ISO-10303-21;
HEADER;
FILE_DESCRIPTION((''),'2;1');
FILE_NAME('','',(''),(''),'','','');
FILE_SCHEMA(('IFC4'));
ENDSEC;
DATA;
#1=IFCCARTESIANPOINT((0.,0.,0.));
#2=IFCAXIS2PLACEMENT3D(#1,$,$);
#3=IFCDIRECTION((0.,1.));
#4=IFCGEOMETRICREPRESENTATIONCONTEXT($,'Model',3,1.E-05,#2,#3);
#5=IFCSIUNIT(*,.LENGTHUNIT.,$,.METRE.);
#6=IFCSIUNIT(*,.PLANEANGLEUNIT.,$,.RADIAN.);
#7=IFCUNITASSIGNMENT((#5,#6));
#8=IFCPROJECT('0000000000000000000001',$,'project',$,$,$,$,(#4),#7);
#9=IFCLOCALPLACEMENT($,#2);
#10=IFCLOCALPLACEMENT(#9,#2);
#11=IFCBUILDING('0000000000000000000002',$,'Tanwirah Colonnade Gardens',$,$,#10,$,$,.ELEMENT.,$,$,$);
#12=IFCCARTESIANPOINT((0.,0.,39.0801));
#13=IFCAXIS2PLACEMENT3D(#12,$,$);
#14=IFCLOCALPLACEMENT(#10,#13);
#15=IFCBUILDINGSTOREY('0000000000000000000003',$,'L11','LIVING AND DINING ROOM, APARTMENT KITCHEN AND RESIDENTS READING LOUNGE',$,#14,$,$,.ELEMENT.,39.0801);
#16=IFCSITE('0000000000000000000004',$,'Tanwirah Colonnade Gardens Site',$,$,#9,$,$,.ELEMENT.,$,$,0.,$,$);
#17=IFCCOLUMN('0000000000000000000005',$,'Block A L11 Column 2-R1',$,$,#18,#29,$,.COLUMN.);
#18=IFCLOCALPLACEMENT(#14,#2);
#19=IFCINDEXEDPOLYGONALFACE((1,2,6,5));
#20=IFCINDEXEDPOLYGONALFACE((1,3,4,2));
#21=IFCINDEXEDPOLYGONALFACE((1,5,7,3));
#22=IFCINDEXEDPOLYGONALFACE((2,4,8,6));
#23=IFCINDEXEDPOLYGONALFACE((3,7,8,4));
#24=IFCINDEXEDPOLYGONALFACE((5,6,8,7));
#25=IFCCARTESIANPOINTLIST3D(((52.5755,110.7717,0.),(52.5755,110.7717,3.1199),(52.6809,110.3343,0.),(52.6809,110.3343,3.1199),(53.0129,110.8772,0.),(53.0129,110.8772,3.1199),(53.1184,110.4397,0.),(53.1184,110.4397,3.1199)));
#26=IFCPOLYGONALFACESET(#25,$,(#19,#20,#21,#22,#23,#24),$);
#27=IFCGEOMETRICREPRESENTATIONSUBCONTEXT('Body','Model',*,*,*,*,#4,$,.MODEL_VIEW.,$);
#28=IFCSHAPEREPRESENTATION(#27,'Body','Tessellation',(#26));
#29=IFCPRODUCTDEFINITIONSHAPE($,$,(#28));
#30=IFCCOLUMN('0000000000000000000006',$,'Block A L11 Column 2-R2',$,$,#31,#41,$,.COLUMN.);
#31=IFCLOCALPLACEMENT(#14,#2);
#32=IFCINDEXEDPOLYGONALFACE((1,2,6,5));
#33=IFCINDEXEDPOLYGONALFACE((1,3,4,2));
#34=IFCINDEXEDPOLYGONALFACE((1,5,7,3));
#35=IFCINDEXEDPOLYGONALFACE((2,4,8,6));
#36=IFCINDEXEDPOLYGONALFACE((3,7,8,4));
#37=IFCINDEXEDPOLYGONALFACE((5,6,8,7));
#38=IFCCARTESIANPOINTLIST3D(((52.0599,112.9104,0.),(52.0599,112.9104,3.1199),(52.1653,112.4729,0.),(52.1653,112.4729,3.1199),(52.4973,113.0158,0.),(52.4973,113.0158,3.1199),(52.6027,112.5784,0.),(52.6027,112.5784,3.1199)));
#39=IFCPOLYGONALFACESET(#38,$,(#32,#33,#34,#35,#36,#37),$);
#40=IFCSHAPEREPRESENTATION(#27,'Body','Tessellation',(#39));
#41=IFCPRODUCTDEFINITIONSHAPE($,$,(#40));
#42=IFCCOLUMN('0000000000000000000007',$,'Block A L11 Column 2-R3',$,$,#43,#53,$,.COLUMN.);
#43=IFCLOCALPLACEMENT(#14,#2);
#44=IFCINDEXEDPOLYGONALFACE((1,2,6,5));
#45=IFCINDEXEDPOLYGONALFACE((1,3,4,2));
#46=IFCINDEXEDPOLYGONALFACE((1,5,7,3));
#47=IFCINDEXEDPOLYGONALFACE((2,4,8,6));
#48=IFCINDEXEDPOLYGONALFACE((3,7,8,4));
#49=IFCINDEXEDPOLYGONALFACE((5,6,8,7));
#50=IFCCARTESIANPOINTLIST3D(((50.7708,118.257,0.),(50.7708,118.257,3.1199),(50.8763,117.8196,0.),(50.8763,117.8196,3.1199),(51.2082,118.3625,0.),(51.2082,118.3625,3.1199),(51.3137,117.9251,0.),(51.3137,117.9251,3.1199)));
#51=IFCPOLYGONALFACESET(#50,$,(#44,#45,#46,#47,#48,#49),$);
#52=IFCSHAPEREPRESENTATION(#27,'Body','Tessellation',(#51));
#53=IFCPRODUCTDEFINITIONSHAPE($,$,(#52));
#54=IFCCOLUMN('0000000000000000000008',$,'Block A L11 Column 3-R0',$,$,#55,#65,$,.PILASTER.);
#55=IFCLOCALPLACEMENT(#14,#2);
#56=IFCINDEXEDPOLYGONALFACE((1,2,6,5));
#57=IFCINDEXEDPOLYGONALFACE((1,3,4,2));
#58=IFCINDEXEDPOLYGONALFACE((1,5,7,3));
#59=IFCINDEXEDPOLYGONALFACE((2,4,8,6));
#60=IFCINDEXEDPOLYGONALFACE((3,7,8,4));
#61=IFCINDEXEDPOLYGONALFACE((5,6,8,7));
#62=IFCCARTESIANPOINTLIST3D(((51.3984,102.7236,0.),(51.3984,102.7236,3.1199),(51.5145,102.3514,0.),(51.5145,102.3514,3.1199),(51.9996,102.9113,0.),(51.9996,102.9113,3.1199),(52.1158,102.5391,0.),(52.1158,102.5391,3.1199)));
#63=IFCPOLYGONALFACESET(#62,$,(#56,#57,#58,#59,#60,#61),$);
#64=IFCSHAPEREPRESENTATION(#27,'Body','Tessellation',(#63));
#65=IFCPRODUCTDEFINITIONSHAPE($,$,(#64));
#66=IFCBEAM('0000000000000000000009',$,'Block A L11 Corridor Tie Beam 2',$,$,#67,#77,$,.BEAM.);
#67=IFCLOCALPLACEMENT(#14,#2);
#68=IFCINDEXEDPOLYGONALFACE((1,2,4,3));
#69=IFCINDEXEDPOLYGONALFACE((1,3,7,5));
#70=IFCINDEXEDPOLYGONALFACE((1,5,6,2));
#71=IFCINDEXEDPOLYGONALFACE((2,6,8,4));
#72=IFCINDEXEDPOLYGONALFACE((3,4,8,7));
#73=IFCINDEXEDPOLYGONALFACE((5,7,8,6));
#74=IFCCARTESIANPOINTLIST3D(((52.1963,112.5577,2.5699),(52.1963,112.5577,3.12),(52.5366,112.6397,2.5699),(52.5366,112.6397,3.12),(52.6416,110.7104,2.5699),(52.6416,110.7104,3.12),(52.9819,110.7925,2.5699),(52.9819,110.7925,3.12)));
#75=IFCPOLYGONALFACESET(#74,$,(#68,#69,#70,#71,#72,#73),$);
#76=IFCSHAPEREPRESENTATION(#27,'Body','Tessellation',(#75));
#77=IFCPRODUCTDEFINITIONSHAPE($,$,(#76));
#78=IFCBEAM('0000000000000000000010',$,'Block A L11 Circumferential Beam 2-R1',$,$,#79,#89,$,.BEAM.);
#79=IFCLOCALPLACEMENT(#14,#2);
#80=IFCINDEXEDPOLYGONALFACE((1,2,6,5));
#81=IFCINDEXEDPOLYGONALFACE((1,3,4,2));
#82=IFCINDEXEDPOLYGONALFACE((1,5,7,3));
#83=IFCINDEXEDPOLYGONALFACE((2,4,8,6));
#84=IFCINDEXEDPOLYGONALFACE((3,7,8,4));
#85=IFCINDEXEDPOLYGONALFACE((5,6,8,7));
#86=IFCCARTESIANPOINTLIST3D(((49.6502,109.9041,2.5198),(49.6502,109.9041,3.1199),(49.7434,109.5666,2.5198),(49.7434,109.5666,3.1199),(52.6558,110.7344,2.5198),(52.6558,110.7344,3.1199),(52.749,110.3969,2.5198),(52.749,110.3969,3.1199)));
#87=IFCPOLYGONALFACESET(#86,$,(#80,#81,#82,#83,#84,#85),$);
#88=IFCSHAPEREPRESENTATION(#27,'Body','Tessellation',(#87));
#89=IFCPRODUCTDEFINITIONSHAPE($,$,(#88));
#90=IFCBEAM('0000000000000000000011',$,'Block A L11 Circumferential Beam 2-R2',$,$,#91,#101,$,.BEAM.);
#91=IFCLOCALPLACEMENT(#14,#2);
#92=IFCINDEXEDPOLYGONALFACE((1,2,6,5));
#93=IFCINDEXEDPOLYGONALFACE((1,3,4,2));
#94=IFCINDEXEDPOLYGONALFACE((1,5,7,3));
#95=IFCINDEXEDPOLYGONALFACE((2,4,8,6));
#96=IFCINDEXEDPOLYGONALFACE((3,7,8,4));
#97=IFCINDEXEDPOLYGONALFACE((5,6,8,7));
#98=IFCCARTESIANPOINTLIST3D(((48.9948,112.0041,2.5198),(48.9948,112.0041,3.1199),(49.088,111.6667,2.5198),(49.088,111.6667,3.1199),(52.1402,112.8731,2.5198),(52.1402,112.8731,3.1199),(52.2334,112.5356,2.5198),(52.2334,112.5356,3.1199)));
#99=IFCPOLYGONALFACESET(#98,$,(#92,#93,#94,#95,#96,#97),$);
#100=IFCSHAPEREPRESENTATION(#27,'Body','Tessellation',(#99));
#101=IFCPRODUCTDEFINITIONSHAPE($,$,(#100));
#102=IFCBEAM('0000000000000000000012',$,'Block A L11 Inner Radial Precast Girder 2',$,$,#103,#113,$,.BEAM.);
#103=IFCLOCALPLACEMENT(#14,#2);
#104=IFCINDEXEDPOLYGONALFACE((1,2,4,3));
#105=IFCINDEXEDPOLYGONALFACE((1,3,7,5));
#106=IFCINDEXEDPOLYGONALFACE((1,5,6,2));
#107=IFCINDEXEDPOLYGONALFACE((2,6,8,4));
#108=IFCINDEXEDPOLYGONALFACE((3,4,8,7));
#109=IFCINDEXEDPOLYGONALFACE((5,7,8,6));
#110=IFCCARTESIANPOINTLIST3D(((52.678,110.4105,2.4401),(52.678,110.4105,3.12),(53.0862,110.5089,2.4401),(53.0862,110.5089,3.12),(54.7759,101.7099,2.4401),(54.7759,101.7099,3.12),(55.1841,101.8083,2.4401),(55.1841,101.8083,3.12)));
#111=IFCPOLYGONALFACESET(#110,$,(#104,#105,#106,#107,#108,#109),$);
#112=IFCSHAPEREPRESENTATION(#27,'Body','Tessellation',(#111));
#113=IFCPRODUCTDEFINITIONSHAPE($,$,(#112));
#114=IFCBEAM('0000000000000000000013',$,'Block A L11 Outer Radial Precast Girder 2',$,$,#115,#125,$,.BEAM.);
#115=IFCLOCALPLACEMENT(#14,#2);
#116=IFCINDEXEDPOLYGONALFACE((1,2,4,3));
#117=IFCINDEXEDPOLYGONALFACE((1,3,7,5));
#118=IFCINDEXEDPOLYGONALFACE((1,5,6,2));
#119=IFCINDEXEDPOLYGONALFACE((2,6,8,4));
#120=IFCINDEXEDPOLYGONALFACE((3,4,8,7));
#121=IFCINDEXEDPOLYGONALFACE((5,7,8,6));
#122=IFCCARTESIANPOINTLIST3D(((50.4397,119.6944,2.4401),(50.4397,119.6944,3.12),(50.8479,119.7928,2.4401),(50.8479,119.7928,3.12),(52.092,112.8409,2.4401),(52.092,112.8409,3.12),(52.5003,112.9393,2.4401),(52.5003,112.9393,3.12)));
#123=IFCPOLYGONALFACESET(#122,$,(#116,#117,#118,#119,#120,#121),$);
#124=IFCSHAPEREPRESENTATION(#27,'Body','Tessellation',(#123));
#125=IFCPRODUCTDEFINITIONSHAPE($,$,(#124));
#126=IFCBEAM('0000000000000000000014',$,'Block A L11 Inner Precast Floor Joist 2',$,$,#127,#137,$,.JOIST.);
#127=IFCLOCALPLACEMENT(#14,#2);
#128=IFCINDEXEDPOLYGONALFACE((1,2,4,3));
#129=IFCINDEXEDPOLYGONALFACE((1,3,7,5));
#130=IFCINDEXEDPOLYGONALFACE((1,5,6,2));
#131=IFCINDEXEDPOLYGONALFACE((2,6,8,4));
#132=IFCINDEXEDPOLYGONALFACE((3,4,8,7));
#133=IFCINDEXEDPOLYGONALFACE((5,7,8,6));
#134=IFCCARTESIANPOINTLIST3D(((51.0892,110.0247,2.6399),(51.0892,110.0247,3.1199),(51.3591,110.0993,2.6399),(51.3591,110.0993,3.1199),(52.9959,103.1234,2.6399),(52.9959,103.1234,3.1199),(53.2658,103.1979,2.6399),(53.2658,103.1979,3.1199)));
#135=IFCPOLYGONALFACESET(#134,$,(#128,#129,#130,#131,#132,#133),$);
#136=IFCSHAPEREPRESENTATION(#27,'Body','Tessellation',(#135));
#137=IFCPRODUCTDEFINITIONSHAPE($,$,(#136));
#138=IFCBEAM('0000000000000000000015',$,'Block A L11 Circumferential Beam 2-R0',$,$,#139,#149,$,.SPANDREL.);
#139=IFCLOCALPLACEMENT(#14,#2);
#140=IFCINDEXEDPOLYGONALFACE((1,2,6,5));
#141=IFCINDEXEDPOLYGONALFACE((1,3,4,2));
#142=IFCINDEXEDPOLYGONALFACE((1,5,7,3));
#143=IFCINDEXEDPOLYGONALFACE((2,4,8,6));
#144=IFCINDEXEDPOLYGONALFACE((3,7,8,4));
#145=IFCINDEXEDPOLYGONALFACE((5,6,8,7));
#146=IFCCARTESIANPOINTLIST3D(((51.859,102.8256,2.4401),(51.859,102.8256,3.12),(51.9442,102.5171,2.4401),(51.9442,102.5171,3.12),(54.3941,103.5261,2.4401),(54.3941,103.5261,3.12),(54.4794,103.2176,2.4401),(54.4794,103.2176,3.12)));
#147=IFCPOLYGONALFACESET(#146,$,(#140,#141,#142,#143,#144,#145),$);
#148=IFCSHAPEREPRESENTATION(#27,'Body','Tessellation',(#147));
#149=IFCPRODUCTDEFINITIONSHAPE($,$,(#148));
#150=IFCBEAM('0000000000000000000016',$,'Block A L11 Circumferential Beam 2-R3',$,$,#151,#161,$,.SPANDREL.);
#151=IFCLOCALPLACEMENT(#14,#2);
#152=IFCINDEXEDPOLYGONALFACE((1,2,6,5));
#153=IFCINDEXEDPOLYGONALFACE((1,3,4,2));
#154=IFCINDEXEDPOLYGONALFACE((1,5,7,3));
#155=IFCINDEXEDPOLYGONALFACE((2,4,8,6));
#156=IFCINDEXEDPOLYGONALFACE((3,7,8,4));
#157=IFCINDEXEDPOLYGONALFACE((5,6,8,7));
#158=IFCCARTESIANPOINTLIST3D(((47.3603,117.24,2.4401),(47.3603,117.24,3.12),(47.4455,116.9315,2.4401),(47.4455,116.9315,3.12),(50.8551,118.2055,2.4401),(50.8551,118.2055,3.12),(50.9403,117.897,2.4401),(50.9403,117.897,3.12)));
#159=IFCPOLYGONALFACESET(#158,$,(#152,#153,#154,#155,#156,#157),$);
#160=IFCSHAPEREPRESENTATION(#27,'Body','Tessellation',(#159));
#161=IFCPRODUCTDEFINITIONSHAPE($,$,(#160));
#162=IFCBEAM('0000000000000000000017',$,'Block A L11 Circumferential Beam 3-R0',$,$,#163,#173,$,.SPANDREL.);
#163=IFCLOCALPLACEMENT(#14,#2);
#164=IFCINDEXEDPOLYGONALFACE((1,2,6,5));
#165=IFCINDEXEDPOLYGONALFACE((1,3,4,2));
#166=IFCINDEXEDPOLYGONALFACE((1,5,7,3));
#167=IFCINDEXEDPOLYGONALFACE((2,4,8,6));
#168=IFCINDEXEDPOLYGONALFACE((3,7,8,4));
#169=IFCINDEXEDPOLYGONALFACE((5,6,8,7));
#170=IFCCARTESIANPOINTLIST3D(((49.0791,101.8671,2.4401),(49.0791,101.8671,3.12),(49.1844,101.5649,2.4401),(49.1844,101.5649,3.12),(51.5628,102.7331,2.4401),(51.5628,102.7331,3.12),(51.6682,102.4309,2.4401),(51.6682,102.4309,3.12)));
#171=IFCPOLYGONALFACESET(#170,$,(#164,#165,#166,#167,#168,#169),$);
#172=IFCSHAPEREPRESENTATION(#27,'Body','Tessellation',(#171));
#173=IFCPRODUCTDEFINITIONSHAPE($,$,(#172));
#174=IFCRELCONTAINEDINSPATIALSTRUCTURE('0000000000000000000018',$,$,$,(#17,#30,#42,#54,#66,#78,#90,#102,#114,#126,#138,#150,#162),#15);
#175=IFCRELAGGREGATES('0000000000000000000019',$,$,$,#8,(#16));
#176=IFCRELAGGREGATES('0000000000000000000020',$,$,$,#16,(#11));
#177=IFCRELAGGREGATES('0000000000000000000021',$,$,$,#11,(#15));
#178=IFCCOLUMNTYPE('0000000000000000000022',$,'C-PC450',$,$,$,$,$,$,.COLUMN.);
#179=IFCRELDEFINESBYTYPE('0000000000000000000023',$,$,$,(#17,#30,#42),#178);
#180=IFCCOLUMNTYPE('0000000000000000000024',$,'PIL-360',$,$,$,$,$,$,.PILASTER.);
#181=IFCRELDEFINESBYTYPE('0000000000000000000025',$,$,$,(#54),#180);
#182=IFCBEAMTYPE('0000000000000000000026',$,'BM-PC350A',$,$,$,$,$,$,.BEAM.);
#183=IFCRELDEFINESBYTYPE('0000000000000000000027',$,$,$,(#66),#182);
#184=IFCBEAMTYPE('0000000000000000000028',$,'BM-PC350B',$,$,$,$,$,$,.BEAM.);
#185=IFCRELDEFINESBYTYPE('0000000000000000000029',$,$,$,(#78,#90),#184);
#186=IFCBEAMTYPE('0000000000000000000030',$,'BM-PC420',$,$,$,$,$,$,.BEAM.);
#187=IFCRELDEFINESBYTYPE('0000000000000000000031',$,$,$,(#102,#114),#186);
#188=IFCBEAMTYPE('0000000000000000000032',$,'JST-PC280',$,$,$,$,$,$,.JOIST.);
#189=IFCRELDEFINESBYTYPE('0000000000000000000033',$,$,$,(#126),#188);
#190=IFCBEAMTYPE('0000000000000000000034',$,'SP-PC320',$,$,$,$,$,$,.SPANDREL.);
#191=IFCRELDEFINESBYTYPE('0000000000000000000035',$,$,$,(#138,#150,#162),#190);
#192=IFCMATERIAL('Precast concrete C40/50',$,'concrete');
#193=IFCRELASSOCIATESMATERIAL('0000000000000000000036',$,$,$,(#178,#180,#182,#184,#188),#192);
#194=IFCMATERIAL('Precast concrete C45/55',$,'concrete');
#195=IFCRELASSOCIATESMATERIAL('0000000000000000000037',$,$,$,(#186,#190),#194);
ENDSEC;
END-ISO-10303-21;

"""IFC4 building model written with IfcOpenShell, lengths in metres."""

from ifc_helpers import new_model, si_unit, direction, frame, origin, origin_2d, place, context, subcontext, project, spatial, rectangle, extrude, material, material_profile, profile_set, type_object, element, save


model = new_model("IFC4")

# Units and contexts
model_context = context("Model", 3, precision=1e-05, world=origin(), true_north=direction((0.0, 1.0)))
body_context = subcontext(model_context, "Body", "Model", "MODEL_VIEW")
ifc_project = project(units=[si_unit("LENGTHUNIT", "METRE"), si_unit("PLANEANGLEUNIT", "RADIAN")], contexts=[model_context])

# Site, building, storey
site_placement = place(None, origin())
site = spatial("IfcSite", under=ifc_project, at=site_placement, Name="Tanwirah Colonnade Gardens Site", CompositionType="ELEMENT", RefElevation=0.0)
building_placement = place(site_placement, origin())
building = spatial("IfcBuilding", under=site, at=building_placement, Name="Tanwirah Colonnade Gardens", CompositionType="ELEMENT")
storey_placement = place(building_placement, frame((0.0, 0.0, 39.0801)))
storey = spatial("IfcBuildingStorey", under=building, at=storey_placement, Name="L11", Description="LIVING AND DINING ROOM, APARTMENT KITCHEN AND RESIDENTS READING LOUNGE", CompositionType="ELEMENT", Elevation=39.0801)

# Columns
ifc_material_1 = material(Name="Precast concrete C40/50", Category="concrete")
ifc_material_profile_1 = material_profile(ifc_material_1, rectangle(XDim=0.45, YDim=0.45, at=origin_2d()), Name="PC-COL 450x450")
ifc_profile_set_1 = profile_set([ifc_material_profile_1], Name="Precast concrete C40/50")
column_type_1 = type_object("IfcColumnType", Name="C-PC450", PredefinedType="COLUMN", material=ifc_profile_set_1)
for number, where, z_axis, x_axis, name in (
    (1, (52.8469, 110.6057, 0.0), (0.0, 0.0, 1.0), (-0.234388, 0.972143, 0.0), "Block A L11 Column 2-R1"),
    (2, (52.3313, 112.7444, 0.0), (0.0, 0.0, 1.0), (-0.234388, 0.972143, 0.0), "Block A L11 Column 2-R2"),
    (3, (51.0422, 118.0911, 0.0), (0.0, 0.0, 1.0), (-0.234388, 0.972143, 0.0), "Block A L11 Column 2-R3"),
):
    element("IfcColumn", number, at=place(storey_placement, frame(where, z_axis=z_axis, x_axis=x_axis)), inside=storey, type_object=column_type_1, Name=name, PredefinedType="COLUMN", context=body_context, shape_type="SweptSolid", body=[
        extrude(rectangle(XDim=0.45, YDim=0.45, at=origin_2d()), origin(), (0.0, 0.0, 1.0), 3.1199),
    ])
ifc_material_profile_2 = material_profile(ifc_material_1, rectangle(XDim=0.3899, YDim=0.6299, at=origin_2d()), Name="PC-PIL 390x630")
ifc_profile_set_2 = profile_set([ifc_material_profile_2], Name="Precast concrete C40/50")
column_type_2 = type_object("IfcColumnType", Name="PIL-360", PredefinedType="PILASTER", material=ifc_profile_set_2)
column_placement = place(storey_placement, frame((51.7571, 102.6313, 0.0), z_axis=(0.0, 0.0, 1.0), x_axis=(-0.29793, 0.954588, 0.0)))
element("IfcColumn", 4, at=column_placement, inside=storey, type_object=column_type_2, Name="Block A L11 Column 3-R0", PredefinedType="PILASTER", context=body_context, shape_type="SweptSolid", body=[
    extrude(rectangle(XDim=0.3899, YDim=0.6299, at=origin_2d()), origin(), (0.0, 0.0, 1.0), 3.1199),
])

# Beams
ifc_material_profile_3 = material_profile(ifc_material_1, rectangle(XDim=0.3501, YDim=0.55, at=origin_2d()), Name="PC-BM 350x550")
ifc_profile_set_3 = profile_set([ifc_material_profile_3], Name="Precast concrete C40/50")
beam_type_1 = type_object("IfcBeamType", Name="BM-PC350A", PredefinedType="BEAM", material=ifc_profile_set_3)
beam_1_placement = place(storey_placement, frame((52.8118, 110.7515, 2.845), z_axis=(-0.234364, 0.972149, 0.0), x_axis=(-0.972149, -0.234364, 0.0)))
element("IfcBeam", 5, at=beam_1_placement, inside=storey, type_object=beam_type_1, Name="Block A L11 Corridor Tie Beam 2", PredefinedType="BEAM", context=body_context, shape_type="SweptSolid", body=[
    extrude(rectangle(XDim=0.3501, YDim=0.55, at=origin_2d()), origin(), (0.0, 0.0, 1.0), 1.9001),
])
ifc_material_profile_4 = material_profile(ifc_material_1, rectangle(XDim=0.3501, YDim=0.6001, at=origin_2d()), Name="PC-BM 350x600")
ifc_profile_set_4 = profile_set([ifc_material_profile_4], Name="Precast concrete C40/50")
beam_type_2 = type_object("IfcBeamType", Name="BM-PC350B", PredefinedType="BEAM", material=ifc_profile_set_4)
beam_2_placement = place(storey_placement, frame((52.7024, 110.5657, 2.8198), z_axis=(-0.963895, -0.266283, 0.0), x_axis=(0.266283, -0.963895, 0.0)))
element("IfcBeam", 6, at=beam_2_placement, inside=storey, type_object=beam_type_2, Name="Block A L11 Circumferential Beam 2-R1", PredefinedType="BEAM", context=body_context, shape_type="SweptSolid", body=[
    extrude(rectangle(XDim=0.3501, YDim=0.6001, at=origin_2d()), origin(), (0.0, 0.0, 1.0), 3.1182),
])
beam_3_placement = place(storey_placement, frame((52.1868, 112.7043, 2.8198), z_axis=(-0.963895, -0.266281, 0.0), x_axis=(0.266281, -0.963895, 0.0)))
element("IfcBeam", 7, at=beam_3_placement, inside=storey, type_object=beam_type_2, Name="Block A L11 Circumferential Beam 2-R2", PredefinedType="BEAM", context=body_context, shape_type="SweptSolid", body=[
    extrude(rectangle(XDim=0.3501, YDim=0.6001, at=origin_2d()), origin(), (0.0, 0.0, 1.0), 3.2632),
])
ifc_material_2 = material(Name="Precast concrete C45/55", Category="concrete")
ifc_material_profile_5 = material_profile(ifc_material_2, rectangle(XDim=0.4199, YDim=0.6799, at=origin_2d()), Name="PC-BM 420x680")
ifc_profile_set_5 = profile_set([ifc_material_profile_5], Name="Precast concrete C45/55")
beam_type_3 = type_object("IfcBeamType", Name="BM-PC420", PredefinedType="BEAM", material=ifc_profile_set_5)
beam_4_placement = place(storey_placement, frame((52.8821, 110.4597, 2.78), z_axis=(0.234401, -0.97214, 0.0), x_axis=(0.97214, 0.234401, 0.0)))
element("IfcBeam", 8, at=beam_4_placement, inside=storey, type_object=beam_type_3, Name="Block A L11 Inner Radial Precast Girder 2", PredefinedType="BEAM", context=body_context, shape_type="SweptSolid", body=[
    extrude(rectangle(XDim=0.4199, YDim=0.6799, at=origin_2d()), origin(), (0.0, 0.0, 1.0), 8.95),
])
beam_5_placement = place(storey_placement, frame((52.2961, 112.8901, 2.78), z_axis=(-0.234379, 0.972145, 0.0), x_axis=(-0.972145, -0.234379, 0.0)))
element("IfcBeam", 9, at=beam_5_placement, inside=storey, type_object=beam_type_3, Name="Block A L11 Outer Radial Precast Girder 2", PredefinedType="BEAM", context=body_context, shape_type="SweptSolid", body=[
    extrude(rectangle(XDim=0.4199, YDim=0.6799, at=origin_2d()), origin(), (0.0, 0.0, 1.0), 7.0498),
])
ifc_material_profile_6 = material_profile(ifc_material_1, rectangle(XDim=0.28, YDim=0.48, at=origin_2d()), Name="PC-JST 280x480")
ifc_profile_set_6 = profile_set([ifc_material_profile_6], Name="Precast concrete C40/50")
beam_type_4 = type_object("IfcBeamType", Name="JST-PC280", PredefinedType="JOIST", material=ifc_profile_set_6)
beam_6_placement = place(storey_placement, frame((53.1309, 103.1606, 2.8799), z_axis=(-0.266307, 0.963888, 0.0), x_axis=(-0.963888, -0.266307, 0.0)))
element("IfcBeam", 10, at=beam_6_placement, inside=storey, type_object=beam_type_4, Name="Block A L11 Inner Precast Floor Joist 2", PredefinedType="JOIST", context=body_context, shape_type="SweptSolid", body=[
    extrude(rectangle(XDim=0.28, YDim=0.48, at=origin_2d()), origin(), (0.0, 0.0, 1.0), 7.1599),
])
ifc_material_profile_7 = material_profile(ifc_material_2, rectangle(XDim=0.3201, YDim=0.6799, at=origin_2d()), Name="PC-SP 320x680")
ifc_profile_set_7 = profile_set([ifc_material_profile_7], Name="Precast concrete C45/55")
beam_type_5 = type_object("IfcBeamType", Name="SP-PC320", PredefinedType="SPANDREL", material=ifc_profile_set_7)
beam_7_placement = place(storey_placement, frame((54.4368, 103.3718, 2.78), z_axis=(-0.963887, -0.266313, 0.0), x_axis=(0.266313, -0.963887, 0.0)))
element("IfcBeam", 11, at=beam_7_placement, inside=storey, type_object=beam_type_5, Name="Block A L11 Circumferential Beam 2-R0", PredefinedType="SPANDREL", context=body_context, shape_type="SweptSolid", body=[
    extrude(rectangle(XDim=0.3201, YDim=0.6799, at=origin_2d()), origin(), (0.0, 0.0, 1.0), 2.6301),
])
beam_8_placement = place(storey_placement, frame((50.8977, 118.0513, 2.78), z_axis=(-0.963888, -0.266307, 0.0), x_axis=(0.266307, -0.963888, 0.0)))
element("IfcBeam", 12, at=beam_8_placement, inside=storey, type_object=beam_type_5, Name="Block A L11 Circumferential Beam 2-R3", PredefinedType="SPANDREL", context=body_context, shape_type="SweptSolid", body=[
    extrude(rectangle(XDim=0.3201, YDim=0.6799, at=origin_2d()), origin(), (0.0, 0.0, 1.0), 3.6257),
])
beam_9_placement = place(storey_placement, frame((51.6155, 102.582, 2.78), z_axis=(-0.94425, -0.32923, 0.0), x_axis=(0.32923, -0.94425, 0.0)))
element("IfcBeam", 13, at=beam_9_placement, inside=storey, type_object=beam_type_5, Name="Block A L11 Circumferential Beam 3-R0", PredefinedType="SPANDREL", context=body_context, shape_type="SweptSolid", body=[
    extrude(rectangle(XDim=0.3201, YDim=0.6799, at=origin_2d()), origin(), (0.0, 0.0, 1.0), 2.6304),
])

save(model, "model.ifc")
